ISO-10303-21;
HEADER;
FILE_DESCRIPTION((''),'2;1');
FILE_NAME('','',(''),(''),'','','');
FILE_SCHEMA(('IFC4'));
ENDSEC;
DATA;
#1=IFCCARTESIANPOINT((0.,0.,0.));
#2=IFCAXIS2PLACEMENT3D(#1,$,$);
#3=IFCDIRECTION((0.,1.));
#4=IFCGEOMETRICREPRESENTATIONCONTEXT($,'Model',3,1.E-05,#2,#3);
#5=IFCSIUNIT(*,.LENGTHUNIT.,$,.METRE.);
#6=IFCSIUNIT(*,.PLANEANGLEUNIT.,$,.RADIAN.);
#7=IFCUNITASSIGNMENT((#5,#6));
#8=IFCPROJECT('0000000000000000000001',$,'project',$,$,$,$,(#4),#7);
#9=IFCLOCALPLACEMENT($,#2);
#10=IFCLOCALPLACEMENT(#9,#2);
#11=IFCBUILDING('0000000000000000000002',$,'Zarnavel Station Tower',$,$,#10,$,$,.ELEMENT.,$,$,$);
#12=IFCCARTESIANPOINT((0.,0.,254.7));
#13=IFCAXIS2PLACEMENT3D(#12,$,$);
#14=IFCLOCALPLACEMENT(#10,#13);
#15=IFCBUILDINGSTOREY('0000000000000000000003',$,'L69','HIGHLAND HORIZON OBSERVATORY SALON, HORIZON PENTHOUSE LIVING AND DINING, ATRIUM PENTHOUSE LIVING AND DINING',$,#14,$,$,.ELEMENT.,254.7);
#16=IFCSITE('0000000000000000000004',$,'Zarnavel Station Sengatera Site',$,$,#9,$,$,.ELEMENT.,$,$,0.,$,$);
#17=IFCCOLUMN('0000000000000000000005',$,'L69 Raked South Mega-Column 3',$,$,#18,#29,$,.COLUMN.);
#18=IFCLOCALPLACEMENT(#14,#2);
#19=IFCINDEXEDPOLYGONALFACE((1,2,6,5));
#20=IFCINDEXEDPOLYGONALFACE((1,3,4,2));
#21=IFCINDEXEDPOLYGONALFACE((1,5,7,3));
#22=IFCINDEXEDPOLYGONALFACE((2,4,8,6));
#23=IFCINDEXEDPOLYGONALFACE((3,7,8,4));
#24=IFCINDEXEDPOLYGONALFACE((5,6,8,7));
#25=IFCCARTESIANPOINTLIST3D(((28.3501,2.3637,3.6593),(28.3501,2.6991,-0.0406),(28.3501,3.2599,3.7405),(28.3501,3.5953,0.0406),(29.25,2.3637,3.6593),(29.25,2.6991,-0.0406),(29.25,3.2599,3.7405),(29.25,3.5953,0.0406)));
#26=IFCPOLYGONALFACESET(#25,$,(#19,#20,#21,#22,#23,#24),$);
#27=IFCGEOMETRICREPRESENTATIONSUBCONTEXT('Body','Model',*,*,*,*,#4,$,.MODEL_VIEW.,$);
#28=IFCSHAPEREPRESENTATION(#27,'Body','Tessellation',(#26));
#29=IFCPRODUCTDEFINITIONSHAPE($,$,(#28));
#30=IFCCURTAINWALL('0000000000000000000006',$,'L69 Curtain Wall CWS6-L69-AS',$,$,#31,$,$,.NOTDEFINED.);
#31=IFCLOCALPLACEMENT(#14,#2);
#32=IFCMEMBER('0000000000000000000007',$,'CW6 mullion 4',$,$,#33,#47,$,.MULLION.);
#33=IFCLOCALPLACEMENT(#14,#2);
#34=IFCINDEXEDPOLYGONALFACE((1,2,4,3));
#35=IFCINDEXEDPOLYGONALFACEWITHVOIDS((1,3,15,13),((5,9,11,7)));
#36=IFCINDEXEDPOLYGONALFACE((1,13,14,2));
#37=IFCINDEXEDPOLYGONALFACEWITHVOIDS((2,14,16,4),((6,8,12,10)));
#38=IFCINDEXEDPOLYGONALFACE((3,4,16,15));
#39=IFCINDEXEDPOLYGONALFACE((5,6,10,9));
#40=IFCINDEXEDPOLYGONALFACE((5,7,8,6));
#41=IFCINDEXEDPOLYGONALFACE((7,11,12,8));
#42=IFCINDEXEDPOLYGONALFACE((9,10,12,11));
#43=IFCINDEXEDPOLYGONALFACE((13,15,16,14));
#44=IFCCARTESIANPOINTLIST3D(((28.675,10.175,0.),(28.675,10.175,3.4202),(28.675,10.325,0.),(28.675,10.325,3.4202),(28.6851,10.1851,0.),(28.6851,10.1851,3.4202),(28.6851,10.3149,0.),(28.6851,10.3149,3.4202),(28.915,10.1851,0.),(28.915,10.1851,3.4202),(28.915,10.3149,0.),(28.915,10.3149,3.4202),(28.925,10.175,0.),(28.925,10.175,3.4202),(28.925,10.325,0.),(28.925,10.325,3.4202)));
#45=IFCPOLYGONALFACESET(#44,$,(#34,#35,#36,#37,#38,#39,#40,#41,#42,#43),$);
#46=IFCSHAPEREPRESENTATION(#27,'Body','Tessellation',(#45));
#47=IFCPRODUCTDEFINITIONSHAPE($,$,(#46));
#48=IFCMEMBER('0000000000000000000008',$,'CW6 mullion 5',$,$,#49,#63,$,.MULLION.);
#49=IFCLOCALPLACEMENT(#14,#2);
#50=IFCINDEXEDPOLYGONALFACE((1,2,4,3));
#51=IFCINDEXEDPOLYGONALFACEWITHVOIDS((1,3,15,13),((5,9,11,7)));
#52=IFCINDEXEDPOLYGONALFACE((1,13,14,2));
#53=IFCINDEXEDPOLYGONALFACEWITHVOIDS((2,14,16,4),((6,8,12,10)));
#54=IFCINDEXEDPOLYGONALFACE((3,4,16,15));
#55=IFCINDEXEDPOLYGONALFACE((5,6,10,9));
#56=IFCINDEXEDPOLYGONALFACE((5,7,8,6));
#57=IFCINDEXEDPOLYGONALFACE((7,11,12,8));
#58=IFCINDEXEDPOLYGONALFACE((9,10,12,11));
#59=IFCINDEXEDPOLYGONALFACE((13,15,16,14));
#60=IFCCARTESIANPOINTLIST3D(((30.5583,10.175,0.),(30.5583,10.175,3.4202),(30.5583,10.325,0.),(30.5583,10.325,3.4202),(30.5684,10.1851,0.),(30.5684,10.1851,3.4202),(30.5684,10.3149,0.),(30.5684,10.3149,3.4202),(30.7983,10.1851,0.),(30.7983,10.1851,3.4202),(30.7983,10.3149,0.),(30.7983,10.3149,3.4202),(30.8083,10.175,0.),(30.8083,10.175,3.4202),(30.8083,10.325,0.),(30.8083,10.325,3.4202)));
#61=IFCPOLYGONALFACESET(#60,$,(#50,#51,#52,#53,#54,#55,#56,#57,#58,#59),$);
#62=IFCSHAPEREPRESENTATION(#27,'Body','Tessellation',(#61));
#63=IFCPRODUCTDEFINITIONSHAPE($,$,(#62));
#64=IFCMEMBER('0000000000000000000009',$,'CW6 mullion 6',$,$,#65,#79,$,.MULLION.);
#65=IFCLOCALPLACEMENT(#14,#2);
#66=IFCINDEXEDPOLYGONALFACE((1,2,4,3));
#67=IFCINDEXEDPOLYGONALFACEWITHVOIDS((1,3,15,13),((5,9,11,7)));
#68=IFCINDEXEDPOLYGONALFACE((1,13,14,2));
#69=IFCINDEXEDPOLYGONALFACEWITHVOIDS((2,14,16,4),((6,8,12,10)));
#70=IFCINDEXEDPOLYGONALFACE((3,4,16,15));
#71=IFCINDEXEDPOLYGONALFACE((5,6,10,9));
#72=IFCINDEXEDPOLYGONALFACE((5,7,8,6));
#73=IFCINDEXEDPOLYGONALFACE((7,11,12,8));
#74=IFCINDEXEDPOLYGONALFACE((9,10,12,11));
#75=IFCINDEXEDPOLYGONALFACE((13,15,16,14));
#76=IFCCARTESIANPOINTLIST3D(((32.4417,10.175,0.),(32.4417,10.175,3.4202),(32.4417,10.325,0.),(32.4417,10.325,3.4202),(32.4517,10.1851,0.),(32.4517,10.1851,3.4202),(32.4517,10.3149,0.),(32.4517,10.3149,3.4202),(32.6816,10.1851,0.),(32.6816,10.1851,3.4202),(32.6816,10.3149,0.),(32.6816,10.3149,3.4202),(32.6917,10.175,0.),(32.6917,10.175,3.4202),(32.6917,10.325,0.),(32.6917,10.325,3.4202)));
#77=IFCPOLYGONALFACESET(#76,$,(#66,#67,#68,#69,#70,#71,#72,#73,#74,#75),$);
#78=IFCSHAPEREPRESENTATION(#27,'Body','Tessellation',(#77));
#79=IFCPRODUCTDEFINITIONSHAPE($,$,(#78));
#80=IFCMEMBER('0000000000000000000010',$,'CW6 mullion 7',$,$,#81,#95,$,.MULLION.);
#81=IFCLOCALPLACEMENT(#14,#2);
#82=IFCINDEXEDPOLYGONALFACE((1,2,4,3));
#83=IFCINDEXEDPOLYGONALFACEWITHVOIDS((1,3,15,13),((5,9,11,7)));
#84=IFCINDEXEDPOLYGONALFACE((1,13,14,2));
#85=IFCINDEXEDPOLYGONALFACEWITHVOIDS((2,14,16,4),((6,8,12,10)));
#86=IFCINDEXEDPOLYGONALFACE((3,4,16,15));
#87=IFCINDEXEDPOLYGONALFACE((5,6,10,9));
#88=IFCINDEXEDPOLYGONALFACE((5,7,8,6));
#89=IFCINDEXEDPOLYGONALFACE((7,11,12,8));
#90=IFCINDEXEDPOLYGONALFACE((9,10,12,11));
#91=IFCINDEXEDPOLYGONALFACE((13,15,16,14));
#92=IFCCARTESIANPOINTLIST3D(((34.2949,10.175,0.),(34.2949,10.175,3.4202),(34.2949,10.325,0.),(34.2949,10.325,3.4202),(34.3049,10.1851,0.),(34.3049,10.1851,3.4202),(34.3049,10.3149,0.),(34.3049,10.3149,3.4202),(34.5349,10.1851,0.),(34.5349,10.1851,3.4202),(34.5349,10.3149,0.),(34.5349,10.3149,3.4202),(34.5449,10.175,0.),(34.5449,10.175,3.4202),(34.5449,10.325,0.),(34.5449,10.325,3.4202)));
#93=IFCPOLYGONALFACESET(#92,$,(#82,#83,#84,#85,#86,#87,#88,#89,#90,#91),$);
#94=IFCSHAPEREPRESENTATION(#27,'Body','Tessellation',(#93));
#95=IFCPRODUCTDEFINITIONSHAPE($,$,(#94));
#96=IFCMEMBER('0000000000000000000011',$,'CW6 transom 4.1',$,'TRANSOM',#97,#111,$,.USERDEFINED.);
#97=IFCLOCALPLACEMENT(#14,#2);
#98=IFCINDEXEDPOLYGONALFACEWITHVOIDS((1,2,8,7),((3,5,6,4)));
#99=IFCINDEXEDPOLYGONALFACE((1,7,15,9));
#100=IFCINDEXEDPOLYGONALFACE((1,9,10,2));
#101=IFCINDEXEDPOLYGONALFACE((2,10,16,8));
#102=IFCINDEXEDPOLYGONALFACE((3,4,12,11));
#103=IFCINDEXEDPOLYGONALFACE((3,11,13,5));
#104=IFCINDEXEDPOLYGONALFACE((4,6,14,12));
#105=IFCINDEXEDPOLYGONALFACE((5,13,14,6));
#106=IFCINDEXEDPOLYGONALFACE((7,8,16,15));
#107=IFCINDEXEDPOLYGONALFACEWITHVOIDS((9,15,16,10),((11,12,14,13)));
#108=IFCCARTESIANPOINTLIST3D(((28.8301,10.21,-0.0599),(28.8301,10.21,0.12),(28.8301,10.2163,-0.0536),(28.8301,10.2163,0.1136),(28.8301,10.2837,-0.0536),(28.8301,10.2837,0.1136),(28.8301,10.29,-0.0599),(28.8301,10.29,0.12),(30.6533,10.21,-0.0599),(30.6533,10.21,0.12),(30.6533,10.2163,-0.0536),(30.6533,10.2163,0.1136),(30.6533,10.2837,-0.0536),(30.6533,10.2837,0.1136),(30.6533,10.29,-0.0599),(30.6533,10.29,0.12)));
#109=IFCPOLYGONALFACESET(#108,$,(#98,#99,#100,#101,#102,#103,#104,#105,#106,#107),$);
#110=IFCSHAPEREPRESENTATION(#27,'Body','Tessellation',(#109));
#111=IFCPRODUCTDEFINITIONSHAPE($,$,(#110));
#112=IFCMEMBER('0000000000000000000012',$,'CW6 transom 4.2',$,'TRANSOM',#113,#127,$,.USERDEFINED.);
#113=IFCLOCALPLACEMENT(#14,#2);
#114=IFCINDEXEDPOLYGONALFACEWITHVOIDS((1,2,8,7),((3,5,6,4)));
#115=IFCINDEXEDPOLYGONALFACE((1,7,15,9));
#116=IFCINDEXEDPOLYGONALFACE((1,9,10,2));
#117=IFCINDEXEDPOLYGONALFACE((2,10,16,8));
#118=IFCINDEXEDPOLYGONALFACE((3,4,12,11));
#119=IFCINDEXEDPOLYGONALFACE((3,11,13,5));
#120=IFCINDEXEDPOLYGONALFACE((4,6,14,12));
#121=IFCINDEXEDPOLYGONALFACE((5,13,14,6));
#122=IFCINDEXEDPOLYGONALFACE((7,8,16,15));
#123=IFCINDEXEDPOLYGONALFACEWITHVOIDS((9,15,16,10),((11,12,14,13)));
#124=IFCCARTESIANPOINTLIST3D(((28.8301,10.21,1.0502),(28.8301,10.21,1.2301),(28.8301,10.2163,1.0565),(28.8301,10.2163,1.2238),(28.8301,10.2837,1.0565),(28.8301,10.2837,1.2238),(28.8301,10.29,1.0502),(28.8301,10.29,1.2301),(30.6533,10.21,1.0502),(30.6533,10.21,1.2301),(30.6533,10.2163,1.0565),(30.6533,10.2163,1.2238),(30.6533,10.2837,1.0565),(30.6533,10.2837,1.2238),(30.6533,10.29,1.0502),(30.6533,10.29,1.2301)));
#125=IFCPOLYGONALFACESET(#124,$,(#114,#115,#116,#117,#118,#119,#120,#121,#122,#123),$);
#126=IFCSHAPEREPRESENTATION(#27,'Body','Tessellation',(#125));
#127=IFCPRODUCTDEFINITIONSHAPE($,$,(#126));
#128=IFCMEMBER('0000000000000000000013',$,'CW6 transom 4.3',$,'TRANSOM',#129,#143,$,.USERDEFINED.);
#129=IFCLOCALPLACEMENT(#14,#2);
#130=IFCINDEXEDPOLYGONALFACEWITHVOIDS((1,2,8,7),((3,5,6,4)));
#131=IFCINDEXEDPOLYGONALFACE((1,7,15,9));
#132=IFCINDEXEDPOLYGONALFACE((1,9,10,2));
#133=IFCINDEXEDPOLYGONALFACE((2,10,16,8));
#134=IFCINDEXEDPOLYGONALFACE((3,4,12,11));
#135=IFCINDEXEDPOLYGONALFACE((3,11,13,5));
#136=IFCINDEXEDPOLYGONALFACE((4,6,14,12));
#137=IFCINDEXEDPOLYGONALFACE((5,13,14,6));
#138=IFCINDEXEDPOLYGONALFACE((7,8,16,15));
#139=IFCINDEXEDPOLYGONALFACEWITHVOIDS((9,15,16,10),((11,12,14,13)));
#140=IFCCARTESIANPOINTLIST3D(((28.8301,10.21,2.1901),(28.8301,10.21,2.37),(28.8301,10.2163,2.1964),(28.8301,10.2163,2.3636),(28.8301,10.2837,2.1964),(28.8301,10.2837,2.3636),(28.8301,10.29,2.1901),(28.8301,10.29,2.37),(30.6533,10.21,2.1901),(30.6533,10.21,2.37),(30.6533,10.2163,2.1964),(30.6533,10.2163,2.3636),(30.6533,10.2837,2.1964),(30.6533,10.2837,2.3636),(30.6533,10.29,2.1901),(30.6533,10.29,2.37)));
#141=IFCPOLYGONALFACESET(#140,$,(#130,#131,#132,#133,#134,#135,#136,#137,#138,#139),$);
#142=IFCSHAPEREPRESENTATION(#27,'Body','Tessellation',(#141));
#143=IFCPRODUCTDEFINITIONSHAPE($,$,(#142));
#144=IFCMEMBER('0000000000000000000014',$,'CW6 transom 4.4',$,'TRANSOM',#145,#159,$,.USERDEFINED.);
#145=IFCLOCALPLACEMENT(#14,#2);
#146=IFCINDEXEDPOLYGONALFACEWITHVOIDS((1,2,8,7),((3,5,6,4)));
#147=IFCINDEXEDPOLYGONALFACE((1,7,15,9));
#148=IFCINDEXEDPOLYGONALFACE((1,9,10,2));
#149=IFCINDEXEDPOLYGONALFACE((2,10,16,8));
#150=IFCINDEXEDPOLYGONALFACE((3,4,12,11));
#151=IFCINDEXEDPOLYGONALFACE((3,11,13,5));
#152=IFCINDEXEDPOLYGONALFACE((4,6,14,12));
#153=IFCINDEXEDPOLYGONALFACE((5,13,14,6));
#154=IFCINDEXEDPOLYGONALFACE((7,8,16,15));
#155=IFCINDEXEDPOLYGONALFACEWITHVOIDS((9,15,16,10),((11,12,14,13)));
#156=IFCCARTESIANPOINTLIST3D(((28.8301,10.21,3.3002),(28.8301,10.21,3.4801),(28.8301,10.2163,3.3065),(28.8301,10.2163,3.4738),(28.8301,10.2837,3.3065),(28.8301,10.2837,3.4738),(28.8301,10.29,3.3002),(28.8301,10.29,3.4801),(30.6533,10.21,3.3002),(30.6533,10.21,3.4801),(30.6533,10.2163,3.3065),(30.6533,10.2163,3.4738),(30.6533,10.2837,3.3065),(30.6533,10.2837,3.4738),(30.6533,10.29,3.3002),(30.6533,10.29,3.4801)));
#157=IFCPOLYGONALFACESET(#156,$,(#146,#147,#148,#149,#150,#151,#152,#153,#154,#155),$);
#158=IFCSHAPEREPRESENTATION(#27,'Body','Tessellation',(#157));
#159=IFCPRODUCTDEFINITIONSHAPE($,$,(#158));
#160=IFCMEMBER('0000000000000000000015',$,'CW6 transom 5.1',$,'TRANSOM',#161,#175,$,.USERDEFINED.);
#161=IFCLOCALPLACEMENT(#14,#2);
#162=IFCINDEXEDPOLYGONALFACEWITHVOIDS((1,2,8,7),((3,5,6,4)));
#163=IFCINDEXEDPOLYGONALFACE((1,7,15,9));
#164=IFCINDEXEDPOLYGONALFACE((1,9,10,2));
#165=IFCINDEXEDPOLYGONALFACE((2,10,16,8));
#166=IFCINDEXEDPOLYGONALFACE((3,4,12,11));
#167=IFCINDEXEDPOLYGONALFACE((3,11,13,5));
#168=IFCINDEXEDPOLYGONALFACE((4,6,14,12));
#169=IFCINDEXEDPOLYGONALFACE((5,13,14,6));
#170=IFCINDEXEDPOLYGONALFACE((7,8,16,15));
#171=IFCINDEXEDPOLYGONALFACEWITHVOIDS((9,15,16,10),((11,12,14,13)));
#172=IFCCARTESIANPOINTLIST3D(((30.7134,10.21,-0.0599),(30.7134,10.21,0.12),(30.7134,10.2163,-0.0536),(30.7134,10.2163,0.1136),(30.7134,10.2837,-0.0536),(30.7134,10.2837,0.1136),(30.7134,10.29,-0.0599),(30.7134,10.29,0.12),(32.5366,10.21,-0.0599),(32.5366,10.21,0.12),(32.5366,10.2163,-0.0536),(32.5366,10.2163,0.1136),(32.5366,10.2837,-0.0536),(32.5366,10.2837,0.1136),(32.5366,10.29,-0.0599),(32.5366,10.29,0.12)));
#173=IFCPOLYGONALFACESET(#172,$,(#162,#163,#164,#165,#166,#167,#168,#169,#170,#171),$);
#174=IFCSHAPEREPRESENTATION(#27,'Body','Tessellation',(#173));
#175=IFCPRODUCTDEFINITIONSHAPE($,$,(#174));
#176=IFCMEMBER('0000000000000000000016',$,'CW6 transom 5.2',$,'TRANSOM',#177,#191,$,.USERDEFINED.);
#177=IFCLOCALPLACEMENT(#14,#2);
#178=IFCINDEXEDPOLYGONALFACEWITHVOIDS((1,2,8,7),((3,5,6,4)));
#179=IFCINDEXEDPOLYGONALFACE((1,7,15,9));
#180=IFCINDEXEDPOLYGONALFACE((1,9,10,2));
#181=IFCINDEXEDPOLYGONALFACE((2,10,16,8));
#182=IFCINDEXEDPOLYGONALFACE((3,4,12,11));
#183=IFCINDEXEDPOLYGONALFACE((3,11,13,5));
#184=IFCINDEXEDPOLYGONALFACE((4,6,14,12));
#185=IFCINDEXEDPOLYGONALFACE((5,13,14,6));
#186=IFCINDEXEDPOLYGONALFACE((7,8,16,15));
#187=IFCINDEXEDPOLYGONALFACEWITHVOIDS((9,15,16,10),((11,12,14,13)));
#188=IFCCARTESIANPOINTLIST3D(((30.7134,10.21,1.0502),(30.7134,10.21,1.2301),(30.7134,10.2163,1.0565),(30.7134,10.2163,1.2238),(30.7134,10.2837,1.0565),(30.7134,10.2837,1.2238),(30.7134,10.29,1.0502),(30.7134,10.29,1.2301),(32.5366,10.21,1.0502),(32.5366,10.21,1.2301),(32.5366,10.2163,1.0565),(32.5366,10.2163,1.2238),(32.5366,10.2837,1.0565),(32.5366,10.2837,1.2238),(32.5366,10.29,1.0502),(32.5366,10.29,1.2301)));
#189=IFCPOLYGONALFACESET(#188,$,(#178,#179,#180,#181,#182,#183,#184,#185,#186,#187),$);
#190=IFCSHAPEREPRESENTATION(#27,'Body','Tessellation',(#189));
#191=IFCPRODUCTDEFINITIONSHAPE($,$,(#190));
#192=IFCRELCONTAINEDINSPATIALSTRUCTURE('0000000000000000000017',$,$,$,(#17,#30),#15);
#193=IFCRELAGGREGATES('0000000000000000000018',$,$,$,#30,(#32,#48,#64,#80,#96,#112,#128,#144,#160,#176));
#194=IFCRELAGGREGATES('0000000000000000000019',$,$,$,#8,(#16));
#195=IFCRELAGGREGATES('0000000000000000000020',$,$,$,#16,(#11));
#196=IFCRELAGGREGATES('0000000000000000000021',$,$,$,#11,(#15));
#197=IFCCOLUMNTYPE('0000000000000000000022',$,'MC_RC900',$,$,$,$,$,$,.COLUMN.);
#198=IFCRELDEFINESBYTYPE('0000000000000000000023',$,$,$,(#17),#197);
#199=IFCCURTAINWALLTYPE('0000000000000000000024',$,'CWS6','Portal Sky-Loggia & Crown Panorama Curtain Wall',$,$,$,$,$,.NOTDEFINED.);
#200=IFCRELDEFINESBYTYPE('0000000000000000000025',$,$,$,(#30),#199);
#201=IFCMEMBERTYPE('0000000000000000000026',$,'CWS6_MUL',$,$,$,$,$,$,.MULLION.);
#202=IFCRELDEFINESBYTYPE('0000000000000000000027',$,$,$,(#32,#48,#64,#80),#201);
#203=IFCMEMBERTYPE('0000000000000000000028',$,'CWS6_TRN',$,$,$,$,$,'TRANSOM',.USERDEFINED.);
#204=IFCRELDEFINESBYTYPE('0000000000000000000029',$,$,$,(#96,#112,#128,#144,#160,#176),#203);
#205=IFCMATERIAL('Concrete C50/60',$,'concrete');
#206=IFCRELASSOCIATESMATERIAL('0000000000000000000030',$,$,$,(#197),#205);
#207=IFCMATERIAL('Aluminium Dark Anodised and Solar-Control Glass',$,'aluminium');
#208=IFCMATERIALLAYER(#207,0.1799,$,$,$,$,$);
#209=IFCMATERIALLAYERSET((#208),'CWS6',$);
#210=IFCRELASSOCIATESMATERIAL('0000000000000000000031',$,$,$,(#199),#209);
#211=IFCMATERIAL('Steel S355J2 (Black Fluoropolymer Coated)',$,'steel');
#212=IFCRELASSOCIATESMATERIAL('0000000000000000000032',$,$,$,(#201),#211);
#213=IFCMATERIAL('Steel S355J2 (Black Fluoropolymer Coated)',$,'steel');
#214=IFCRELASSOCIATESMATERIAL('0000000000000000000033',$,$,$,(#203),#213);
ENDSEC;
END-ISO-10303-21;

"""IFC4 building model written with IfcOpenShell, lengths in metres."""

from ifc_helpers import new_model, si_unit, direction, frame, origin, origin_2d, place, context, subcontext, project, spatial, rectangle, hollow_rectangle, extrude, material, layer, layer_set, material_profile, profile_set, type_object, element, aggregate, save


model = new_model("IFC4")

# Units and contexts
model_context = context("Model", 3, precision=1e-05, world=origin(), true_north=direction((0.0, 1.0)))
body_context = subcontext(model_context, "Body", "Model", "MODEL_VIEW")
ifc_project = project(units=[si_unit("LENGTHUNIT", "METRE"), si_unit("PLANEANGLEUNIT", "RADIAN")], contexts=[model_context])

# Site, building, storey
site_placement = place(None, origin())
site = spatial("IfcSite", under=ifc_project, at=site_placement, Name="Zarnavel Station Sengatera Site", CompositionType="ELEMENT", RefElevation=0.0)
building_placement = place(site_placement, origin())
building = spatial("IfcBuilding", under=site, at=building_placement, Name="Zarnavel Station Tower", CompositionType="ELEMENT")
storey_placement = place(building_placement, frame((0.0, 0.0, 254.7)))
storey = spatial("IfcBuildingStorey", under=building, at=storey_placement, Name="L69", Description="HIGHLAND HORIZON OBSERVATORY SALON, HORIZON PENTHOUSE LIVING AND DINING, ATRIUM PENTHOUSE LIVING AND DINING", CompositionType="ELEMENT", Elevation=254.7)

# Column
ifc_material_1 = material(Name="Concrete C50/60", Category="concrete")
ifc_material_profile_1 = material_profile(ifc_material_1, rectangle(XDim=0.8999, YDim=0.8999, at=origin_2d()), Name="RC900x900")
ifc_profile_set_1 = profile_set([ifc_material_profile_1], Name="Concrete C50/60")
column_type = type_object("IfcColumnType", Name="MC_RC900", PredefinedType="COLUMN", material=ifc_profile_set_1)
column_placement = place(storey_placement, frame((28.8, 3.1472, 0.0), z_axis=(0.0, -0.090293, 0.995915), x_axis=(1.0, 0.0, 0.0)))
element("IfcColumn", 1, at=column_placement, inside=storey, type_object=column_type, Name="L69 Raked South Mega-Column 3", PredefinedType="COLUMN", context=body_context, shape_type="SweptSolid", body=[
    extrude(rectangle(XDim=0.8999, YDim=0.8999, at=origin_2d()), origin(), (0.0, 0.0, 1.0), 3.7151),
])

# Curtain wall, members
ifc_material_2 = material(Name="Aluminium Dark Anodised and Solar-Control Glass", Category="aluminium")
ifc_layer_1 = layer(ifc_material_2, 0.1799)
ifc_layer_set_1 = layer_set([ifc_layer_1], Name="CWS6")
curtain_wall_type = type_object("IfcCurtainWallType", Name="CWS6", Description="Portal Sky-Loggia & Crown Panorama Curtain Wall", PredefinedType="NOTDEFINED", material=ifc_layer_set_1)
curtain_wall_placement = place(storey_placement, origin())
curtain_wall = element("IfcCurtainWall", 2, at=curtain_wall_placement, inside=storey, type_object=curtain_wall_type, Name="L69 Curtain Wall CWS6-L69-AS", PredefinedType="NOTDEFINED")
ifc_material_3 = material(Name="Steel S355J2 (Black Fluoropolymer Coated)", Category="steel")
ifc_material_profile_2 = material_profile(ifc_material_3, hollow_rectangle(XDim=0.1499, YDim=0.25, WallThickness=0.01, at=origin_2d()), Name="RHS250x150x10")
ifc_profile_set_2 = profile_set([ifc_material_profile_2], Name="Steel S355J2 (Black Fluoropolymer Coated)")
member_type_1 = type_object("IfcMemberType", Name="CWS6_MUL", PredefinedType="MULLION", material=ifc_profile_set_2)
member_1_placement = place(storey_placement, frame((28.8, 10.25, 0.0), z_axis=(0.0, 0.0, 1.0), x_axis=(0.0, 1.0, 0.0)))
member_1 = element("IfcMember", 3, at=member_1_placement, type_object=member_type_1, Name="CW6 mullion 4", PredefinedType="MULLION", context=body_context, shape_type="SweptSolid", body=[
    extrude(hollow_rectangle(XDim=0.1499, YDim=0.25, WallThickness=0.01, at=origin_2d()), origin(), (0.0, 0.0, 1.0), 3.4202),
])
member_2_placement = place(storey_placement, frame((30.6833, 10.25, 0.0), z_axis=(0.0, 0.0, 1.0), x_axis=(0.0, 1.0, 0.0)))
member_2 = element("IfcMember", 4, at=member_2_placement, type_object=member_type_1, Name="CW6 mullion 5", PredefinedType="MULLION", context=body_context, shape_type="SweptSolid", body=[
    extrude(hollow_rectangle(XDim=0.1499, YDim=0.25, WallThickness=0.01, at=origin_2d()), origin(), (0.0, 0.0, 1.0), 3.4202),
])
member_3_placement = place(storey_placement, frame((32.5667, 10.25, 0.0), z_axis=(0.0, 0.0, 1.0), x_axis=(0.0, 1.0, 0.0)))
member_3 = element("IfcMember", 5, at=member_3_placement, type_object=member_type_1, Name="CW6 mullion 6", PredefinedType="MULLION", context=body_context, shape_type="SweptSolid", body=[
    extrude(hollow_rectangle(XDim=0.1499, YDim=0.25, WallThickness=0.01, at=origin_2d()), origin(), (0.0, 0.0, 1.0), 3.4202),
])
member_4_placement = place(storey_placement, frame((34.4199, 10.25, 0.0), z_axis=(0.0, 0.0, 1.0), x_axis=(0.0, 1.0, 0.0)))
member_4 = element("IfcMember", 6, at=member_4_placement, type_object=member_type_1, Name="CW6 mullion 7", PredefinedType="MULLION", context=body_context, shape_type="SweptSolid", body=[
    extrude(hollow_rectangle(XDim=0.1499, YDim=0.25, WallThickness=0.01, at=origin_2d()), origin(), (0.0, 0.0, 1.0), 3.4202),
])
ifc_material_4 = material(Name="Steel S355J2 (Black Fluoropolymer Coated)", Category="steel")
ifc_material_profile_3 = material_profile(ifc_material_4, hollow_rectangle(XDim=0.0801, YDim=0.1799, WallThickness=0.0063, at=origin_2d()), Name="RHS180x80x6.3")
ifc_profile_set_3 = profile_set([ifc_material_profile_3], Name="Steel S355J2 (Black Fluoropolymer Coated)")
member_type_2 = type_object("IfcMemberType", Name="CWS6_TRN", ElementType="TRANSOM", PredefinedType="USERDEFINED", material=ifc_profile_set_3)
member_5_placement = place(storey_placement, frame((28.8301, 10.25, 0.03), z_axis=(1.0, 0.0, 0.0), x_axis=(0.0, 1.0, 0.0)))
member_5 = element("IfcMember", 7, at=member_5_placement, type_object=member_type_2, Name="CW6 transom 4.1", ObjectType="TRANSOM", PredefinedType="USERDEFINED", context=body_context, shape_type="SweptSolid", body=[
    extrude(hollow_rectangle(XDim=0.0801, YDim=0.1799, WallThickness=0.0063, at=origin_2d()), origin(), (0.0, 0.0, 1.0), 1.8232),
])
member_6_placement = place(storey_placement, frame((28.8301, 10.25, 1.1401), z_axis=(1.0, 0.0, 0.0), x_axis=(0.0, 1.0, 0.0)))
member_6 = element("IfcMember", 8, at=member_6_placement, type_object=member_type_2, Name="CW6 transom 4.2", ObjectType="TRANSOM", PredefinedType="USERDEFINED", context=body_context, shape_type="SweptSolid", body=[
    extrude(hollow_rectangle(XDim=0.0801, YDim=0.1799, WallThickness=0.0063, at=origin_2d()), origin(), (0.0, 0.0, 1.0), 1.8232),
])
member_7_placement = place(storey_placement, frame((28.8301, 10.25, 2.28), z_axis=(1.0, 0.0, 0.0), x_axis=(0.0, 1.0, 0.0)))
member_7 = element("IfcMember", 9, at=member_7_placement, type_object=member_type_2, Name="CW6 transom 4.3", ObjectType="TRANSOM", PredefinedType="USERDEFINED", context=body_context, shape_type="SweptSolid", body=[
    extrude(hollow_rectangle(XDim=0.0801, YDim=0.1799, WallThickness=0.0063, at=origin_2d()), origin(), (0.0, 0.0, 1.0), 1.8232),
])
member_8_placement = place(storey_placement, frame((28.8301, 10.25, 3.3901), z_axis=(1.0, 0.0, 0.0), x_axis=(0.0, 1.0, 0.0)))
member_8 = element("IfcMember", 10, at=member_8_placement, type_object=member_type_2, Name="CW6 transom 4.4", ObjectType="TRANSOM", PredefinedType="USERDEFINED", context=body_context, shape_type="SweptSolid", body=[
    extrude(hollow_rectangle(XDim=0.0801, YDim=0.1799, WallThickness=0.0063, at=origin_2d()), origin(), (0.0, 0.0, 1.0), 1.8232),
])
member_9_placement = place(storey_placement, frame((30.7134, 10.25, 0.03), z_axis=(1.0, 0.0, 0.0), x_axis=(0.0, 1.0, 0.0)))
member_9 = element("IfcMember", 11, at=member_9_placement, type_object=member_type_2, Name="CW6 transom 5.1", ObjectType="TRANSOM", PredefinedType="USERDEFINED", context=body_context, shape_type="SweptSolid", body=[
    extrude(hollow_rectangle(XDim=0.0801, YDim=0.1799, WallThickness=0.0063, at=origin_2d()), origin(), (0.0, 0.0, 1.0), 1.8232),
])
member_10_placement = place(storey_placement, frame((30.7134, 10.25, 1.1401), z_axis=(1.0, 0.0, 0.0), x_axis=(0.0, 1.0, 0.0)))
member_10 = element("IfcMember", 12, at=member_10_placement, type_object=member_type_2, Name="CW6 transom 5.2", ObjectType="TRANSOM", PredefinedType="USERDEFINED", context=body_context, shape_type="SweptSolid", body=[
    extrude(hollow_rectangle(XDim=0.0801, YDim=0.1799, WallThickness=0.0063, at=origin_2d()), origin(), (0.0, 0.0, 1.0), 1.8232),
])

aggregate(curtain_wall, [member_1, member_2, member_3, member_4, member_5, member_6, member_7, member_8, member_9, member_10])

save(model, "model.ifc")
